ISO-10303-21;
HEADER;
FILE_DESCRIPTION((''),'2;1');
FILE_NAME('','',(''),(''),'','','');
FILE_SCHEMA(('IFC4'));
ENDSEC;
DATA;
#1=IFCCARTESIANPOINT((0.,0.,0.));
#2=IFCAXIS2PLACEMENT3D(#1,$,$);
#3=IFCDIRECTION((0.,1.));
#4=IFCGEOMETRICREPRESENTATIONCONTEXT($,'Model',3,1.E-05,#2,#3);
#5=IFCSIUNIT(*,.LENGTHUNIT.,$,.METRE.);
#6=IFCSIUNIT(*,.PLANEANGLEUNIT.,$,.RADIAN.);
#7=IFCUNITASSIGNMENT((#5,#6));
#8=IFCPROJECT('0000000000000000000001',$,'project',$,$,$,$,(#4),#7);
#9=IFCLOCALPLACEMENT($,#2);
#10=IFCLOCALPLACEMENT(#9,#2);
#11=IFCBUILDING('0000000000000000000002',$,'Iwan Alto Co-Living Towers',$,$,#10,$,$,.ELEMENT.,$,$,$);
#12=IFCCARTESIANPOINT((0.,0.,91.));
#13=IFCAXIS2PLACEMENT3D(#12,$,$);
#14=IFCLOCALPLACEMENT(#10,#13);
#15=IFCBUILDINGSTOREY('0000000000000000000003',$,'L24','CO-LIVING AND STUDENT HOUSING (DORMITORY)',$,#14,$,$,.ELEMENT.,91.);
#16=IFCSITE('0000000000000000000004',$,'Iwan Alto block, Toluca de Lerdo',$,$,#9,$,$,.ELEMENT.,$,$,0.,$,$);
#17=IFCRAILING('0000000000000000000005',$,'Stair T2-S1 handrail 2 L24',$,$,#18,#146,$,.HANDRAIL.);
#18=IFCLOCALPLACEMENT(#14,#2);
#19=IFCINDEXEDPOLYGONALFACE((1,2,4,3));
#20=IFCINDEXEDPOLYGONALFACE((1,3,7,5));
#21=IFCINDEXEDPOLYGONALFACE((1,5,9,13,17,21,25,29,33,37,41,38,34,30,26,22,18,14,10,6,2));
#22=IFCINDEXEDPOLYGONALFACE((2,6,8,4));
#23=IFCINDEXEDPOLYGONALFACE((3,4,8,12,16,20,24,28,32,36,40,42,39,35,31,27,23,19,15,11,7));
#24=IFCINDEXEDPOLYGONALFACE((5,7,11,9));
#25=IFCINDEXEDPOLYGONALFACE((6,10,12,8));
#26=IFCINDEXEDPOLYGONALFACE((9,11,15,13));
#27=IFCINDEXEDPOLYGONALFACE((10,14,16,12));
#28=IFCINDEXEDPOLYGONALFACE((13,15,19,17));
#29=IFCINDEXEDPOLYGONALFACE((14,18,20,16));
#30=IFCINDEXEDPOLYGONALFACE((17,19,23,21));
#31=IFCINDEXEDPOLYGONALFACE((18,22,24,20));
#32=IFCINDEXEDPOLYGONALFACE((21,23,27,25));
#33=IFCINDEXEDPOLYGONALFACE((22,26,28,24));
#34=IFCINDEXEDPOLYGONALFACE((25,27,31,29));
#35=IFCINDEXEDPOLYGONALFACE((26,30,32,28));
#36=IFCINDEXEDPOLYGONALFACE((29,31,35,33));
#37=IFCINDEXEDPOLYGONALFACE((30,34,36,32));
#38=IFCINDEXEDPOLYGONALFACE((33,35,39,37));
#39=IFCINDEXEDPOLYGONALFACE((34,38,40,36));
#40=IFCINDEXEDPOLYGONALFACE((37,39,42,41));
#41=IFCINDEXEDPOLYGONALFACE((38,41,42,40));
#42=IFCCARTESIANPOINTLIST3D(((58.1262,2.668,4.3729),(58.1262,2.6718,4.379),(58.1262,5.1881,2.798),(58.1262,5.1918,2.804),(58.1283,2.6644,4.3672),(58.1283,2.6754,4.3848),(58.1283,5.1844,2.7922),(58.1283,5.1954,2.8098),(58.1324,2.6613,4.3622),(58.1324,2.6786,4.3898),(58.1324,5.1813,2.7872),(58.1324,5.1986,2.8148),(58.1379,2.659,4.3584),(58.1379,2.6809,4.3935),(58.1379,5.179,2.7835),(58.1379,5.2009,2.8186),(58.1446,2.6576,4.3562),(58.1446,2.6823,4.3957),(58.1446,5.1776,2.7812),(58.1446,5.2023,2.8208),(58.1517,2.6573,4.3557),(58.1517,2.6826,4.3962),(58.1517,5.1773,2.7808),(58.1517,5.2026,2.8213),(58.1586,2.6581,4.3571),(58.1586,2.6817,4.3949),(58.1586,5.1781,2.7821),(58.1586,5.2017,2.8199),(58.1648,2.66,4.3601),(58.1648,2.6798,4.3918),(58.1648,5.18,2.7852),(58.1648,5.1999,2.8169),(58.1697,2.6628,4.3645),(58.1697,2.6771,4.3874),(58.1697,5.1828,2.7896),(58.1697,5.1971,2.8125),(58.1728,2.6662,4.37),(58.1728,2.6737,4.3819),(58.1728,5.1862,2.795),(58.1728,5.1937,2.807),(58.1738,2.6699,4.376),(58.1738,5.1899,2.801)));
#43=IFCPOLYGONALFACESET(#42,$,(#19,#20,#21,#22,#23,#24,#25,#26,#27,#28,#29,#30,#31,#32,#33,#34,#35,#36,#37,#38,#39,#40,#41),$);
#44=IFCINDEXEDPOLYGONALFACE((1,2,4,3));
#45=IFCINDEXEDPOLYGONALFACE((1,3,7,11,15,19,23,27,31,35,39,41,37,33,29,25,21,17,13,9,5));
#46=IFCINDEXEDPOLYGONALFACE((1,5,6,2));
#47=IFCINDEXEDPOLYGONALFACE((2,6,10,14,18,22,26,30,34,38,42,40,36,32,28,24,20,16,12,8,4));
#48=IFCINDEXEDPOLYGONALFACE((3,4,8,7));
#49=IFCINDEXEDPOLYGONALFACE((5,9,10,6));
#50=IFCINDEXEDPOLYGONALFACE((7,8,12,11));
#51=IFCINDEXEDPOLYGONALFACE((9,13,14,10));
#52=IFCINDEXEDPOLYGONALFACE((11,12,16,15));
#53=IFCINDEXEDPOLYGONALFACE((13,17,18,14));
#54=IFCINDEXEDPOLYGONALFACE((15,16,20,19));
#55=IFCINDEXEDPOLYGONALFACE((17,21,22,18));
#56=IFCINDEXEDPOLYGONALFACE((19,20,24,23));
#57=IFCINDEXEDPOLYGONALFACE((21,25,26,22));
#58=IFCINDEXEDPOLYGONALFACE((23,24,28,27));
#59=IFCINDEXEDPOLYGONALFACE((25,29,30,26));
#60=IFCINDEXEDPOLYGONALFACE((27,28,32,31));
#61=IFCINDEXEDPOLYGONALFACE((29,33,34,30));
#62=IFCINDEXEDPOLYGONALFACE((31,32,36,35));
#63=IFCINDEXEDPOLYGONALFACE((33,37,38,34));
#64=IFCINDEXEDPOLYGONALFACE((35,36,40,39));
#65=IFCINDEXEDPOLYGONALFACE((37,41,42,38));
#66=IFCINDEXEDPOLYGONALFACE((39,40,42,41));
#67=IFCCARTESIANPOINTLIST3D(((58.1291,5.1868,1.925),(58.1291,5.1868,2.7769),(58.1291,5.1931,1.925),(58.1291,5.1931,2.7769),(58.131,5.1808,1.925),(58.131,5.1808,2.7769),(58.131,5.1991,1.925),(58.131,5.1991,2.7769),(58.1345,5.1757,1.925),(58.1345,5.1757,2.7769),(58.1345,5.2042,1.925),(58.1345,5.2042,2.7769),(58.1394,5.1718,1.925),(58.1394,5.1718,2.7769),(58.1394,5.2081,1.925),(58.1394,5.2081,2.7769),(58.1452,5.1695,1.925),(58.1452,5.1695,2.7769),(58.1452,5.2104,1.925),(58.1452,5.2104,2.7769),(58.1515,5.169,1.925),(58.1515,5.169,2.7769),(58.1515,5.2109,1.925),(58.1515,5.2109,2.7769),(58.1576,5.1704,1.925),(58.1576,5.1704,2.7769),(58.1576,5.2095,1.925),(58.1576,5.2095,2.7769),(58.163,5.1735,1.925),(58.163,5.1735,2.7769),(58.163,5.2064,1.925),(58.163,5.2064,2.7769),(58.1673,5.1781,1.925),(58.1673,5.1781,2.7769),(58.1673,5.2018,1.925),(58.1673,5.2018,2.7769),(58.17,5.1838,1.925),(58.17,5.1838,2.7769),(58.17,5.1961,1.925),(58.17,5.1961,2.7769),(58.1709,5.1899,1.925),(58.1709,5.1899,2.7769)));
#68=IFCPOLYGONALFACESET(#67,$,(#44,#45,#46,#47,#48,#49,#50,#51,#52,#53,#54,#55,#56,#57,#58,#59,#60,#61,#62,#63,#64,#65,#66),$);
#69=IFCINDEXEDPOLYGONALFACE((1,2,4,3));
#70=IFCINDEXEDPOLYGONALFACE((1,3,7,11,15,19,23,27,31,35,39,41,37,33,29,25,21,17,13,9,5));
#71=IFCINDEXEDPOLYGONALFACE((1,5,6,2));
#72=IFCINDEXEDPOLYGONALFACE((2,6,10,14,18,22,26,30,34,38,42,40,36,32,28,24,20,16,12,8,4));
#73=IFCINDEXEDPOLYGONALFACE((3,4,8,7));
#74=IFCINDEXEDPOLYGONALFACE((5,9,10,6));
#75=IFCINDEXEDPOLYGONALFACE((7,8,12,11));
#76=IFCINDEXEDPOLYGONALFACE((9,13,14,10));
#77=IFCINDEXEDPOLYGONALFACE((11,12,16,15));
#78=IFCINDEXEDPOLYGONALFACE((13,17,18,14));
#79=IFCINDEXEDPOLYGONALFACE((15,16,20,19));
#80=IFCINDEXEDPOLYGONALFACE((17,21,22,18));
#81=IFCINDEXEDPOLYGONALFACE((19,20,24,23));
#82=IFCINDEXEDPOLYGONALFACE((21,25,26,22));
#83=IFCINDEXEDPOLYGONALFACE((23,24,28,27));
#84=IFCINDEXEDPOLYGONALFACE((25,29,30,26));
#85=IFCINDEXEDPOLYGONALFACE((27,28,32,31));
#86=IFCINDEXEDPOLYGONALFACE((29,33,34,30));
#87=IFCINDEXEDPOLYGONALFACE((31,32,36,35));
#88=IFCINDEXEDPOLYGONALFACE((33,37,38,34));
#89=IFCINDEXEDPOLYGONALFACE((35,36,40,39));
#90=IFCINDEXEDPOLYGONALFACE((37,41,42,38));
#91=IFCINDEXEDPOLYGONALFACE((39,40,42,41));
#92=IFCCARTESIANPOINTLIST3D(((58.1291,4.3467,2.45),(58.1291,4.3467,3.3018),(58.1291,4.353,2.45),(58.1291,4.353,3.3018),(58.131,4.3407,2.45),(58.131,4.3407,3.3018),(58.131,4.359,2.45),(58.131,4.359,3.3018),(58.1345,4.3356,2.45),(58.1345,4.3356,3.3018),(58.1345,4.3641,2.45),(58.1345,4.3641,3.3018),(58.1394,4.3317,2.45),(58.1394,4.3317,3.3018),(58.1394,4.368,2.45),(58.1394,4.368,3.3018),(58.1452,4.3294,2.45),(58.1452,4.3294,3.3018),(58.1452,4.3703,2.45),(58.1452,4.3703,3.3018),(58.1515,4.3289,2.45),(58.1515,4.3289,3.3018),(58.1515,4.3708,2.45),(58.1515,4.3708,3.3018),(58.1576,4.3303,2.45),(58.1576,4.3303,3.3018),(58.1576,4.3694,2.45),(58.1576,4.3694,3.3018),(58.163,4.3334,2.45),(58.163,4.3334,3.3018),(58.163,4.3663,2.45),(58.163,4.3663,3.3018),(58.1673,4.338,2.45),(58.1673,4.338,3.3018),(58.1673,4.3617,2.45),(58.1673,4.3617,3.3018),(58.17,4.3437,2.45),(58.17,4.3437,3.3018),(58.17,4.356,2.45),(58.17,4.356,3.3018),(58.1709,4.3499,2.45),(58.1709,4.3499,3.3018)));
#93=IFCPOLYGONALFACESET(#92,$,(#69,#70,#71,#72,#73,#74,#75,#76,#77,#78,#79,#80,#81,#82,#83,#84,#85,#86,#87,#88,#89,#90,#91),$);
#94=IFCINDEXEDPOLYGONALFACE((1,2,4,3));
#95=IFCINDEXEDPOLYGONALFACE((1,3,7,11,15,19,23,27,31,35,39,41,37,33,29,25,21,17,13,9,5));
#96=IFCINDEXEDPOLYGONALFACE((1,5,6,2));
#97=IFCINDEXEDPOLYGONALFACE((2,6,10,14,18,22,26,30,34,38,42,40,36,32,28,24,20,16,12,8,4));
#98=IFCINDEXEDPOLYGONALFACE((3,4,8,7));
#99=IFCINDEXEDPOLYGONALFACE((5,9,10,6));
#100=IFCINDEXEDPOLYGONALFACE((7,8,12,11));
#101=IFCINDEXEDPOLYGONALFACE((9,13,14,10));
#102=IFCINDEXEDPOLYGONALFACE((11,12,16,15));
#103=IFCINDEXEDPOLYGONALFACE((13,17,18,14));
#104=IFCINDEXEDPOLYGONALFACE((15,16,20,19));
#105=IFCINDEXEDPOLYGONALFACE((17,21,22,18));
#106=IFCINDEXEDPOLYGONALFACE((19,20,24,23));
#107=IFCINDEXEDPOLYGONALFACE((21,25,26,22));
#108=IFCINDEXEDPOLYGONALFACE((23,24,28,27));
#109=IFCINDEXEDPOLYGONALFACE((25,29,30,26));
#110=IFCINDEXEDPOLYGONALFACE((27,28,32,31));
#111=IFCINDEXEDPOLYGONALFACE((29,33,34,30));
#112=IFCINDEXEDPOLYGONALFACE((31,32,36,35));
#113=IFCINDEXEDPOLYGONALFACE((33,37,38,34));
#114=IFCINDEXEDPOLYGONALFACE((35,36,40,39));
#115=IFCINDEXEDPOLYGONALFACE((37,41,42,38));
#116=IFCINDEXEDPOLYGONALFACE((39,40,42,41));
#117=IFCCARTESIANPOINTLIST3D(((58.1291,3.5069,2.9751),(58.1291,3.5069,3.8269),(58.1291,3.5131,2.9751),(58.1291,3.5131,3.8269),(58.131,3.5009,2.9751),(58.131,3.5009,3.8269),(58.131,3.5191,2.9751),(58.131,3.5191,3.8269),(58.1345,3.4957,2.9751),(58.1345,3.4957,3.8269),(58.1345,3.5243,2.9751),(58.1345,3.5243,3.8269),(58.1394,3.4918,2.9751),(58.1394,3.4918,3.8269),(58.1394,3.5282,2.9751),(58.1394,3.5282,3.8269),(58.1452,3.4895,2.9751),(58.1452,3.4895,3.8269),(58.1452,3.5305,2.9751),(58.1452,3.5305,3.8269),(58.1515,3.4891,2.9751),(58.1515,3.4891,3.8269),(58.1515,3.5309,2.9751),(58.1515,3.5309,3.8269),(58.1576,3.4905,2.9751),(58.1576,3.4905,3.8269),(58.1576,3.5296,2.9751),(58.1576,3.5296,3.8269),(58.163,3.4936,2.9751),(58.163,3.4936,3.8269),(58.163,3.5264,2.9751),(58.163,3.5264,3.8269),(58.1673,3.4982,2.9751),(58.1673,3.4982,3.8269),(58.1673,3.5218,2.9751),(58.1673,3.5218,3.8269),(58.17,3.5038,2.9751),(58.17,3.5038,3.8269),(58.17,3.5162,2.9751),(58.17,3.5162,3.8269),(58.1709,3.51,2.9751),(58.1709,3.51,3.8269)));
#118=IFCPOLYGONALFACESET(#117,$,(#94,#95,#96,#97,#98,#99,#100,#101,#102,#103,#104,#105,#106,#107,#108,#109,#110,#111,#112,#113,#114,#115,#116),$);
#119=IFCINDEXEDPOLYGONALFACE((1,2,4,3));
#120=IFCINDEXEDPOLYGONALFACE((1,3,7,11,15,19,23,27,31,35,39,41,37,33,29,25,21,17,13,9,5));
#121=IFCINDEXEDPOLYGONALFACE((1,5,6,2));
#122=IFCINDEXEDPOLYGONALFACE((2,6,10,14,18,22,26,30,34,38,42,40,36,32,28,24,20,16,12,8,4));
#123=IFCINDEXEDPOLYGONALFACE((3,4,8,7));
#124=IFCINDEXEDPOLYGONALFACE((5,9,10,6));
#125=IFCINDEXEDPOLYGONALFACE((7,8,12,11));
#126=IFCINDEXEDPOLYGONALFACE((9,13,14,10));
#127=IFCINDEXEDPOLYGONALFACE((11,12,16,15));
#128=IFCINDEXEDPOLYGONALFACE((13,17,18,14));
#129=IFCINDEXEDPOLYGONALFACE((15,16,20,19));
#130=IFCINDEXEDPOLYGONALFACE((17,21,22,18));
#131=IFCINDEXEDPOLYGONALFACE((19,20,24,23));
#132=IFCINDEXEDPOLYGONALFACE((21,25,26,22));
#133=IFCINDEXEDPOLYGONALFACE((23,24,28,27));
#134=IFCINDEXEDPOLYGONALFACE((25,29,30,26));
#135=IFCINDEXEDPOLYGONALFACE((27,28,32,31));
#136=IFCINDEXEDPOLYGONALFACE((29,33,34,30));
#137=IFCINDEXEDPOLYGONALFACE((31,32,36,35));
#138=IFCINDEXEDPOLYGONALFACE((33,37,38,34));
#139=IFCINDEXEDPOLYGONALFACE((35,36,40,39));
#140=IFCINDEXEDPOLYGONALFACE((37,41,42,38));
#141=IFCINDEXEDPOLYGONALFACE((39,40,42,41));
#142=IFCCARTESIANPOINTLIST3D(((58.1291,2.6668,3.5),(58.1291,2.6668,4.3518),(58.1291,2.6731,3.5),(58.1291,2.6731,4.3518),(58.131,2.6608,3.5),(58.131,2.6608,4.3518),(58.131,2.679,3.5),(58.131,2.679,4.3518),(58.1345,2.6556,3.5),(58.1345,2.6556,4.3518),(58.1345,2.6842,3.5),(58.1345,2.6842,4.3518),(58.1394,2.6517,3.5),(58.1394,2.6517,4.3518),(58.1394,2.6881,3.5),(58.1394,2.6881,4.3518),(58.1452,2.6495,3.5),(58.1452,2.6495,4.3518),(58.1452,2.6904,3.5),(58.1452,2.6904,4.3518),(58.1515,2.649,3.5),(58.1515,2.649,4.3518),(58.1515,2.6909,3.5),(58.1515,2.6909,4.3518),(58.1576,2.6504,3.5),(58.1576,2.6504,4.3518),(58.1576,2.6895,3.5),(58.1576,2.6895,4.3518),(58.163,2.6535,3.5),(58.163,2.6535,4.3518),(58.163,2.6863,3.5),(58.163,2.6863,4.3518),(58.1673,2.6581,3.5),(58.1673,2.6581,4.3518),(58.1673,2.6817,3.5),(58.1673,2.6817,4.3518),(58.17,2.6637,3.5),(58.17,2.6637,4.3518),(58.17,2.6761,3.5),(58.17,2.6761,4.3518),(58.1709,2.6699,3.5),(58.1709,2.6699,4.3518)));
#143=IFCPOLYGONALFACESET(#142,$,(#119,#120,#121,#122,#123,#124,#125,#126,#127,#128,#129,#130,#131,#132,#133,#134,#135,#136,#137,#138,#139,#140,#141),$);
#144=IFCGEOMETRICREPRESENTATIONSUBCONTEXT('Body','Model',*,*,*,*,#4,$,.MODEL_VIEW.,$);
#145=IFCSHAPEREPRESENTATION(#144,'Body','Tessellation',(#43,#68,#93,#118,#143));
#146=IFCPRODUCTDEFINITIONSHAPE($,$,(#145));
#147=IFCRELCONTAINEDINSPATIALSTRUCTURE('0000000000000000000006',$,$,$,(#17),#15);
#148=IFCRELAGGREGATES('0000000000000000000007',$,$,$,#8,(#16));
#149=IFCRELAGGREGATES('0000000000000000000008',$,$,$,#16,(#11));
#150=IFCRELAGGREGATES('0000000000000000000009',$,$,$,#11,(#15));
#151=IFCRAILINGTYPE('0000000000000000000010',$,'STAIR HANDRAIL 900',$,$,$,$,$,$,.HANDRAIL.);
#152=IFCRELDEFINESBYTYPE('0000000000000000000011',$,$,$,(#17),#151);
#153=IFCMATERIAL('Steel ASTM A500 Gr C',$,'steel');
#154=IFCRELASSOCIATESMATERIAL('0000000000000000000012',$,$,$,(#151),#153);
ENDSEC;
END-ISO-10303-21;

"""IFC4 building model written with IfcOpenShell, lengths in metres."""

from ifc_helpers import new_model, si_unit, direction, frame, origin, origin_2d, place, context, subcontext, project, spatial, circle, extrude, material, type_object, element, save


model = new_model("IFC4")

# Units and contexts
model_context = context("Model", 3, precision=1e-05, world=origin(), true_north=direction((0.0, 1.0)))
body_context = subcontext(model_context, "Body", "Model", "MODEL_VIEW")
ifc_project = project(units=[si_unit("LENGTHUNIT", "METRE"), si_unit("PLANEANGLEUNIT", "RADIAN")], contexts=[model_context])

# Site, building, storey
site_placement = place(None, origin())
site = spatial("IfcSite", under=ifc_project, at=site_placement, Name="Iwan Alto block, Toluca de Lerdo", CompositionType="ELEMENT", RefElevation=0.0)
building_placement = place(site_placement, origin())
building = spatial("IfcBuilding", under=site, at=building_placement, Name="Iwan Alto Co-Living Towers", CompositionType="ELEMENT")
storey_placement = place(building_placement, frame((0.0, 0.0, 91.0)))
storey = spatial("IfcBuildingStorey", under=building, at=storey_placement, Name="L24", Description="CO-LIVING AND STUDENT HOUSING (DORMITORY)", CompositionType="ELEMENT", Elevation=91.0)

# Railing
ifc_material_1 = material(Name="Steel ASTM A500 Gr C", Category="steel")
railing_type_1 = type_object("IfcRailingType", Name="STAIR HANDRAIL 900", PredefinedType="HANDRAIL", material=ifc_material_1)
railing_1_placement = place(storey_placement, frame((58.1499, 5.1899, 1.925)))
element("IfcRailing", 1, at=railing_1_placement, inside=storey, type_object=railing_type_1, Name="Stair T2-S1 handrail 2 L24", PredefinedType="HANDRAIL", context=body_context, shape_type="SweptSolid", body=[
    extrude(circle(Radius=0.0239, at=origin_2d()), frame((0.0, 0.0, 0.876), z_axis=(0.0, -0.848008, 0.529984), x_axis=(1.0, 0.0, 0.0)), (0.0, 0.0, 1.0), 2.9717),
    extrude(circle(Radius=0.021, at=origin_2d()), origin(), (0.0, 0.0, 1.0), 0.8518),
    extrude(circle(Radius=0.021, at=origin_2d()), frame((0.0, -0.8401, 0.5249)), (0.0, 0.0, 1.0), 0.8518),
    extrude(circle(Radius=0.021, at=origin_2d()), frame((0.0, -1.6799, 1.05)), (0.0, 0.0, 1.0), 0.8518),
    extrude(circle(Radius=0.021, at=origin_2d()), frame((0.0, -2.52, 1.575)), (0.0, 0.0, 1.0), 0.8518),
])

save(model, "model.ifc")
